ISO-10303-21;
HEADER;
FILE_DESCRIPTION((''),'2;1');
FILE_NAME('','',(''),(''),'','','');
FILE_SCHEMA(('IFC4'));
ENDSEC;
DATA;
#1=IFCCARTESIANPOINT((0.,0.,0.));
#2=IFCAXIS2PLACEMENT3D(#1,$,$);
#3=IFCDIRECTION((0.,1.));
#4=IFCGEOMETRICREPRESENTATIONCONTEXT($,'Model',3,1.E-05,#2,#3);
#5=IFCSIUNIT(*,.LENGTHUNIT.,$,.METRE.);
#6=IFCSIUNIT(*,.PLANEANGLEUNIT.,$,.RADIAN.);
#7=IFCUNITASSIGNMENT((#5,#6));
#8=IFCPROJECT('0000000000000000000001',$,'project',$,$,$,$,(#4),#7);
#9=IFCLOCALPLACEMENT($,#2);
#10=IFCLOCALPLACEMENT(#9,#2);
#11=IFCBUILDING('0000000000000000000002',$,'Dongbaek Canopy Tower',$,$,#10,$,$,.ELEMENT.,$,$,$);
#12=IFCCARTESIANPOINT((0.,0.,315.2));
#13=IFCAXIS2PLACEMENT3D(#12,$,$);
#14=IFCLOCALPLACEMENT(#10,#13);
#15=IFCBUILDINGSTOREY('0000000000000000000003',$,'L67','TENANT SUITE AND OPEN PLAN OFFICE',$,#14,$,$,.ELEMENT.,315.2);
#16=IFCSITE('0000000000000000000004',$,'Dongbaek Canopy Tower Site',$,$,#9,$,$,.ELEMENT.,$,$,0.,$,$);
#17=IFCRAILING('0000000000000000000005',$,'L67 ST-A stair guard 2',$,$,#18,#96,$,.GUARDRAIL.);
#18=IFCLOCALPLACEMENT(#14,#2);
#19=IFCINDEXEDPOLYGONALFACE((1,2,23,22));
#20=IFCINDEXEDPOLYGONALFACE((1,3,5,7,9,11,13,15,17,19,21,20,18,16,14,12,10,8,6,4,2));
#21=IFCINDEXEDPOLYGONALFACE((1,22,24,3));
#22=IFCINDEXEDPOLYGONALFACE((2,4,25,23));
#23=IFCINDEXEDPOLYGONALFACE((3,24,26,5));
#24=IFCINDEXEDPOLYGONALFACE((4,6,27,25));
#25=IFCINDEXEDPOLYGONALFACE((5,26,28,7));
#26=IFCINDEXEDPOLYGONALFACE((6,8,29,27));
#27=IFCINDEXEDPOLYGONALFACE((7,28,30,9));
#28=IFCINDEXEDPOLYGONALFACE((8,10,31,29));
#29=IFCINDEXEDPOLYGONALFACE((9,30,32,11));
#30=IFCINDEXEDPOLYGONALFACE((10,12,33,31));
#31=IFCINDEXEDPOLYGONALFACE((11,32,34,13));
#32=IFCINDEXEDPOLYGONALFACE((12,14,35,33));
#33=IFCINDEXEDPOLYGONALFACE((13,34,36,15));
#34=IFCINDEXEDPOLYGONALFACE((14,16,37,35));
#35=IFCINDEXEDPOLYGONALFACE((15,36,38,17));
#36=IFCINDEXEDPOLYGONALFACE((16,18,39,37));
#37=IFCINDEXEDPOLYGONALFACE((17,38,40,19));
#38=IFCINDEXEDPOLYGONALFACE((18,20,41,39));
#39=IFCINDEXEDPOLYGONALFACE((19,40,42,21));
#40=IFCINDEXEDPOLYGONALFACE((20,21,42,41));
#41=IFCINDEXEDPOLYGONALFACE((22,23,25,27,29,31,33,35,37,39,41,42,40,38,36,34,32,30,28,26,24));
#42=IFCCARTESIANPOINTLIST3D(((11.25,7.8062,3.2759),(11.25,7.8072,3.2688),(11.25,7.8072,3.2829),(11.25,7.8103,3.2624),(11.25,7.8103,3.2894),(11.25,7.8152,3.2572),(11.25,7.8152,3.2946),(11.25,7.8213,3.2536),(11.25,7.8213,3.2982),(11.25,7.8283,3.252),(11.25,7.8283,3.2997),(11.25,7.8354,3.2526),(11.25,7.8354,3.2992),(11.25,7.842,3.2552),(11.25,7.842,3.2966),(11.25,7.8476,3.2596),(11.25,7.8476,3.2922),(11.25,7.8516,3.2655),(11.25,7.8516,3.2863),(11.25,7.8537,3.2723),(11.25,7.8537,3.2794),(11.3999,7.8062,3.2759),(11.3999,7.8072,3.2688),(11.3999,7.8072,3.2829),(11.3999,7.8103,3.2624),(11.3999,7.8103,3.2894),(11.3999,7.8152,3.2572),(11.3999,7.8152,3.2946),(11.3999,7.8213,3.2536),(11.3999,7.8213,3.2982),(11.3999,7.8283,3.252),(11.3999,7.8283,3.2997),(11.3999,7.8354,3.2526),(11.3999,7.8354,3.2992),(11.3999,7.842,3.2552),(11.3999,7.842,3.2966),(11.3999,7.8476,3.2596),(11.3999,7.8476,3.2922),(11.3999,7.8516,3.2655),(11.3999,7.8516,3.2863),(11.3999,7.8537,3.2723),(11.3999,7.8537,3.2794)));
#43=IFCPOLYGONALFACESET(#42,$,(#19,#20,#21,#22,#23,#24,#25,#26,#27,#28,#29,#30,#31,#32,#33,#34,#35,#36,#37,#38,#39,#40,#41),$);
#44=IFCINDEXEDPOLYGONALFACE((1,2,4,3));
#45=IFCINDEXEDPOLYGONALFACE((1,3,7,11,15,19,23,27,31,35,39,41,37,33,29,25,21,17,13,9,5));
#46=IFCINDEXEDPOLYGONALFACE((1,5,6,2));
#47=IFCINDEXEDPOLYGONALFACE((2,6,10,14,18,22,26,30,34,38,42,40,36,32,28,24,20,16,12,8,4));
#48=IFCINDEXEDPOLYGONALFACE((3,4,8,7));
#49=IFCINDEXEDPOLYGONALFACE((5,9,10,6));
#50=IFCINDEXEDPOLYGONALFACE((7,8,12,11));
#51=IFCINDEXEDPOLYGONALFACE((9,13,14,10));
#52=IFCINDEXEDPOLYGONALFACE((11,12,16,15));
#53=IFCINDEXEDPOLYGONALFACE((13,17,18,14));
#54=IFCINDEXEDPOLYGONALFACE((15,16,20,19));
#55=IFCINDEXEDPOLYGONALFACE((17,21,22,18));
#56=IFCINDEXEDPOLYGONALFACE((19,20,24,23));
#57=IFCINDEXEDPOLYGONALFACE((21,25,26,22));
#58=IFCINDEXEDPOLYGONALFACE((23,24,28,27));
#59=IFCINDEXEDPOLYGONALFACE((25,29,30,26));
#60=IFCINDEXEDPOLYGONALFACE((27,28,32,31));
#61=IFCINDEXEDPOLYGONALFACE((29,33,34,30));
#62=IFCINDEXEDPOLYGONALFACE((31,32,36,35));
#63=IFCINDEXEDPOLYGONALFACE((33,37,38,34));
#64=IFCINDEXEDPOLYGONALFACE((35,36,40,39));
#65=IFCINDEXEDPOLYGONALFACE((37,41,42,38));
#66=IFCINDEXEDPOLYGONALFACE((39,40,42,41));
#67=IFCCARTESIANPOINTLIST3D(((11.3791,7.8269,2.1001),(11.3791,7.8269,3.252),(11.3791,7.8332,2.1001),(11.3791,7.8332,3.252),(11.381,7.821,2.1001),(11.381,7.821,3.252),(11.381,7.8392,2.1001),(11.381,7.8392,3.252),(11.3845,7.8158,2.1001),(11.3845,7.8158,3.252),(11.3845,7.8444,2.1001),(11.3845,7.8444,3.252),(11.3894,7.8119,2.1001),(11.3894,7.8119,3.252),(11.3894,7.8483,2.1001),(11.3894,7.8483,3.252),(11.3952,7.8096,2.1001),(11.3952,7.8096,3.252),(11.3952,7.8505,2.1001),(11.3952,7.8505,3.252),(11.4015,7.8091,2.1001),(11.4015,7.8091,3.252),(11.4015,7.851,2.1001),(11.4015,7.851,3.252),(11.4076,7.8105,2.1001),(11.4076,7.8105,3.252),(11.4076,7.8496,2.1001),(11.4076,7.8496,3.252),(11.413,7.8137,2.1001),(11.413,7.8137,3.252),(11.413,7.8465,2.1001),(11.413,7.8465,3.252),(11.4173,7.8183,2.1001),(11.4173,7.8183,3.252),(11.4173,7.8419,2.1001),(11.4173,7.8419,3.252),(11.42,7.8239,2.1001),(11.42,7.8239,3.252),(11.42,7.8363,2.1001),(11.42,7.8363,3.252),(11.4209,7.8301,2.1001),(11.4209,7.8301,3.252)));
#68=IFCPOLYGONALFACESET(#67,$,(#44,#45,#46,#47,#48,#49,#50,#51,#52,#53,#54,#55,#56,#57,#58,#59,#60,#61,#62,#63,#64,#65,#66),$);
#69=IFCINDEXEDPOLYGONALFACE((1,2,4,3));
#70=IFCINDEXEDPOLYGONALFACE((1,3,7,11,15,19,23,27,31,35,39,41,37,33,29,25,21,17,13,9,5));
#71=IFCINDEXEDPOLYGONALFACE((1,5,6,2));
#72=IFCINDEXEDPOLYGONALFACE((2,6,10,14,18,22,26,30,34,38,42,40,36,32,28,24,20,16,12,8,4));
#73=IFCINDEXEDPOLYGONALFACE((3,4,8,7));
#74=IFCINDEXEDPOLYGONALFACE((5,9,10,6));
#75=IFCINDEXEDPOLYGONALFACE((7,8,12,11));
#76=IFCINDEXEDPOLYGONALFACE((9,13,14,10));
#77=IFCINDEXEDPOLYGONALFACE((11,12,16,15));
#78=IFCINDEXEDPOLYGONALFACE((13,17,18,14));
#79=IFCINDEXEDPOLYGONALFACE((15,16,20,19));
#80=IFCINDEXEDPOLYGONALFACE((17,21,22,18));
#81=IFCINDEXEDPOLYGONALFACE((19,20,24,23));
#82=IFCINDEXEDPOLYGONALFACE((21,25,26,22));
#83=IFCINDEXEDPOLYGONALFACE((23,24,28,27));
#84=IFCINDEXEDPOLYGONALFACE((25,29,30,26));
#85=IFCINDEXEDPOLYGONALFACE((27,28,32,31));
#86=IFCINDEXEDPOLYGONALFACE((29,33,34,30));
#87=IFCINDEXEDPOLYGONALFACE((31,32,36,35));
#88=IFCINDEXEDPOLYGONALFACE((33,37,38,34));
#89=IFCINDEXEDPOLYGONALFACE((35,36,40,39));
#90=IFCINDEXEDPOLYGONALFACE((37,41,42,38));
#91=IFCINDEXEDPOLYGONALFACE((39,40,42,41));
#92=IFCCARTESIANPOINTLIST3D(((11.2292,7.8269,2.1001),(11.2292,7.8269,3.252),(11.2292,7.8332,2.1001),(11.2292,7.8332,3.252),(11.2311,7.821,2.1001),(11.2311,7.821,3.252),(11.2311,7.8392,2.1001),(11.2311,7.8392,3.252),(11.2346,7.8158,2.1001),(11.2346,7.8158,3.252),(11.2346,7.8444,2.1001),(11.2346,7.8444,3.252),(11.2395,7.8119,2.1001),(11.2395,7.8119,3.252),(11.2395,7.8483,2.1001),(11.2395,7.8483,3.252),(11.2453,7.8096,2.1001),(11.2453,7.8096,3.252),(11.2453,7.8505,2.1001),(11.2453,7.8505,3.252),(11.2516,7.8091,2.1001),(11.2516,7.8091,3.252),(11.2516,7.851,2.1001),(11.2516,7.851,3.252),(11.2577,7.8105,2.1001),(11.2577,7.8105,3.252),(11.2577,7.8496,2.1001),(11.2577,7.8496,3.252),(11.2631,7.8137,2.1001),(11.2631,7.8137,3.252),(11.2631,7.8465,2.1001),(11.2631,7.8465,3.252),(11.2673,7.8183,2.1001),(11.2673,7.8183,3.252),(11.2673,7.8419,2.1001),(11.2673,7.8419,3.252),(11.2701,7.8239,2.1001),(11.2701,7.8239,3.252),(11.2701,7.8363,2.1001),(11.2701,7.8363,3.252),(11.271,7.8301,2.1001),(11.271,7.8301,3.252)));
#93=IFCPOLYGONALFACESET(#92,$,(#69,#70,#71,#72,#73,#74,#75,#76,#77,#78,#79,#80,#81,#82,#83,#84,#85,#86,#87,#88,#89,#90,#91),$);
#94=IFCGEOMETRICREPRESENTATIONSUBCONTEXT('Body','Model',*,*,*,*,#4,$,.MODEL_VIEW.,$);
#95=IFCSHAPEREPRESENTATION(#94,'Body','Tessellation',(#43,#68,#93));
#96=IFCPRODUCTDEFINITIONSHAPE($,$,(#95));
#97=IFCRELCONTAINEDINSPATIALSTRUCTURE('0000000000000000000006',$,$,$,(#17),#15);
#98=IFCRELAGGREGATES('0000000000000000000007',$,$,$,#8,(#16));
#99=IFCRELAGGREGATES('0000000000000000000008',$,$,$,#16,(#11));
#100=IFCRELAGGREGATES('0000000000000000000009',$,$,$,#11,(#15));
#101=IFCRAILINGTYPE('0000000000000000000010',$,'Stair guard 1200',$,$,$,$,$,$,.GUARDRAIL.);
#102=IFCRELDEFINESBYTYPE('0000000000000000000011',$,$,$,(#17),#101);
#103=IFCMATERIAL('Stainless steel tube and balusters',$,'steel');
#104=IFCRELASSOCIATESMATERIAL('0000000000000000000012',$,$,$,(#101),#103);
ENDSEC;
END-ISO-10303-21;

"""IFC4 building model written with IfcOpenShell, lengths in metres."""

from ifc_helpers import new_model, si_unit, direction, frame, origin, origin_2d, place, context, subcontext, project, spatial, circle, extrude, material, type_object, element, save


model = new_model("IFC4")

# Units and contexts
model_context = context("Model", 3, precision=1e-05, world=origin(), true_north=direction((0.0, 1.0)))
body_context = subcontext(model_context, "Body", "Model", "MODEL_VIEW")
ifc_project = project(units=[si_unit("LENGTHUNIT", "METRE"), si_unit("PLANEANGLEUNIT", "RADIAN")], contexts=[model_context])

# Site, building, storey
site_placement = place(None, origin())
site = spatial("IfcSite", under=ifc_project, at=site_placement, Name="Dongbaek Canopy Tower Site", CompositionType="ELEMENT", RefElevation=0.0)
building_placement = place(site_placement, origin())
building = spatial("IfcBuilding", under=site, at=building_placement, Name="Dongbaek Canopy Tower", CompositionType="ELEMENT")
storey_placement = place(building_placement, frame((0.0, 0.0, 315.2)))
storey = spatial("IfcBuildingStorey", under=building, at=storey_placement, Name="L67", Description="TENANT SUITE AND OPEN PLAN OFFICE", CompositionType="ELEMENT", Elevation=315.2)

# Railing
ifc_material_1 = material(Name="Stainless steel tube and balusters", Category="steel")
railing_type_1 = type_object("IfcRailingType", Name="Stair guard 1200", PredefinedType="GUARDRAIL", material=ifc_material_1)
railing_1_placement = place(storey_placement, frame((11.3999, 7.8301, 2.1001)))
element("IfcRailing", 1, at=railing_1_placement, inside=storey, type_object=railing_type_1, Name="L67 ST-A stair guard 2", PredefinedType="GUARDRAIL", context=body_context, shape_type="SweptSolid", body=[
    extrude(circle(Radius=0.0239, at=origin_2d()), frame((0.0, 0.0, 1.1758), z_axis=(-1.0, 0.0, 0.0), x_axis=(0.0, -1.0, 0.0)), (0.0, 0.0, 1.0), 0.1499),
    extrude(circle(Radius=0.021, at=origin_2d()), origin(), (0.0, 0.0, 1.0), 1.1519),
    extrude(circle(Radius=0.021, at=origin_2d()), frame((-0.1499, 0.0, 0.0)), (0.0, 0.0, 1.0), 1.1519),
])

save(model, "model.ifc")
